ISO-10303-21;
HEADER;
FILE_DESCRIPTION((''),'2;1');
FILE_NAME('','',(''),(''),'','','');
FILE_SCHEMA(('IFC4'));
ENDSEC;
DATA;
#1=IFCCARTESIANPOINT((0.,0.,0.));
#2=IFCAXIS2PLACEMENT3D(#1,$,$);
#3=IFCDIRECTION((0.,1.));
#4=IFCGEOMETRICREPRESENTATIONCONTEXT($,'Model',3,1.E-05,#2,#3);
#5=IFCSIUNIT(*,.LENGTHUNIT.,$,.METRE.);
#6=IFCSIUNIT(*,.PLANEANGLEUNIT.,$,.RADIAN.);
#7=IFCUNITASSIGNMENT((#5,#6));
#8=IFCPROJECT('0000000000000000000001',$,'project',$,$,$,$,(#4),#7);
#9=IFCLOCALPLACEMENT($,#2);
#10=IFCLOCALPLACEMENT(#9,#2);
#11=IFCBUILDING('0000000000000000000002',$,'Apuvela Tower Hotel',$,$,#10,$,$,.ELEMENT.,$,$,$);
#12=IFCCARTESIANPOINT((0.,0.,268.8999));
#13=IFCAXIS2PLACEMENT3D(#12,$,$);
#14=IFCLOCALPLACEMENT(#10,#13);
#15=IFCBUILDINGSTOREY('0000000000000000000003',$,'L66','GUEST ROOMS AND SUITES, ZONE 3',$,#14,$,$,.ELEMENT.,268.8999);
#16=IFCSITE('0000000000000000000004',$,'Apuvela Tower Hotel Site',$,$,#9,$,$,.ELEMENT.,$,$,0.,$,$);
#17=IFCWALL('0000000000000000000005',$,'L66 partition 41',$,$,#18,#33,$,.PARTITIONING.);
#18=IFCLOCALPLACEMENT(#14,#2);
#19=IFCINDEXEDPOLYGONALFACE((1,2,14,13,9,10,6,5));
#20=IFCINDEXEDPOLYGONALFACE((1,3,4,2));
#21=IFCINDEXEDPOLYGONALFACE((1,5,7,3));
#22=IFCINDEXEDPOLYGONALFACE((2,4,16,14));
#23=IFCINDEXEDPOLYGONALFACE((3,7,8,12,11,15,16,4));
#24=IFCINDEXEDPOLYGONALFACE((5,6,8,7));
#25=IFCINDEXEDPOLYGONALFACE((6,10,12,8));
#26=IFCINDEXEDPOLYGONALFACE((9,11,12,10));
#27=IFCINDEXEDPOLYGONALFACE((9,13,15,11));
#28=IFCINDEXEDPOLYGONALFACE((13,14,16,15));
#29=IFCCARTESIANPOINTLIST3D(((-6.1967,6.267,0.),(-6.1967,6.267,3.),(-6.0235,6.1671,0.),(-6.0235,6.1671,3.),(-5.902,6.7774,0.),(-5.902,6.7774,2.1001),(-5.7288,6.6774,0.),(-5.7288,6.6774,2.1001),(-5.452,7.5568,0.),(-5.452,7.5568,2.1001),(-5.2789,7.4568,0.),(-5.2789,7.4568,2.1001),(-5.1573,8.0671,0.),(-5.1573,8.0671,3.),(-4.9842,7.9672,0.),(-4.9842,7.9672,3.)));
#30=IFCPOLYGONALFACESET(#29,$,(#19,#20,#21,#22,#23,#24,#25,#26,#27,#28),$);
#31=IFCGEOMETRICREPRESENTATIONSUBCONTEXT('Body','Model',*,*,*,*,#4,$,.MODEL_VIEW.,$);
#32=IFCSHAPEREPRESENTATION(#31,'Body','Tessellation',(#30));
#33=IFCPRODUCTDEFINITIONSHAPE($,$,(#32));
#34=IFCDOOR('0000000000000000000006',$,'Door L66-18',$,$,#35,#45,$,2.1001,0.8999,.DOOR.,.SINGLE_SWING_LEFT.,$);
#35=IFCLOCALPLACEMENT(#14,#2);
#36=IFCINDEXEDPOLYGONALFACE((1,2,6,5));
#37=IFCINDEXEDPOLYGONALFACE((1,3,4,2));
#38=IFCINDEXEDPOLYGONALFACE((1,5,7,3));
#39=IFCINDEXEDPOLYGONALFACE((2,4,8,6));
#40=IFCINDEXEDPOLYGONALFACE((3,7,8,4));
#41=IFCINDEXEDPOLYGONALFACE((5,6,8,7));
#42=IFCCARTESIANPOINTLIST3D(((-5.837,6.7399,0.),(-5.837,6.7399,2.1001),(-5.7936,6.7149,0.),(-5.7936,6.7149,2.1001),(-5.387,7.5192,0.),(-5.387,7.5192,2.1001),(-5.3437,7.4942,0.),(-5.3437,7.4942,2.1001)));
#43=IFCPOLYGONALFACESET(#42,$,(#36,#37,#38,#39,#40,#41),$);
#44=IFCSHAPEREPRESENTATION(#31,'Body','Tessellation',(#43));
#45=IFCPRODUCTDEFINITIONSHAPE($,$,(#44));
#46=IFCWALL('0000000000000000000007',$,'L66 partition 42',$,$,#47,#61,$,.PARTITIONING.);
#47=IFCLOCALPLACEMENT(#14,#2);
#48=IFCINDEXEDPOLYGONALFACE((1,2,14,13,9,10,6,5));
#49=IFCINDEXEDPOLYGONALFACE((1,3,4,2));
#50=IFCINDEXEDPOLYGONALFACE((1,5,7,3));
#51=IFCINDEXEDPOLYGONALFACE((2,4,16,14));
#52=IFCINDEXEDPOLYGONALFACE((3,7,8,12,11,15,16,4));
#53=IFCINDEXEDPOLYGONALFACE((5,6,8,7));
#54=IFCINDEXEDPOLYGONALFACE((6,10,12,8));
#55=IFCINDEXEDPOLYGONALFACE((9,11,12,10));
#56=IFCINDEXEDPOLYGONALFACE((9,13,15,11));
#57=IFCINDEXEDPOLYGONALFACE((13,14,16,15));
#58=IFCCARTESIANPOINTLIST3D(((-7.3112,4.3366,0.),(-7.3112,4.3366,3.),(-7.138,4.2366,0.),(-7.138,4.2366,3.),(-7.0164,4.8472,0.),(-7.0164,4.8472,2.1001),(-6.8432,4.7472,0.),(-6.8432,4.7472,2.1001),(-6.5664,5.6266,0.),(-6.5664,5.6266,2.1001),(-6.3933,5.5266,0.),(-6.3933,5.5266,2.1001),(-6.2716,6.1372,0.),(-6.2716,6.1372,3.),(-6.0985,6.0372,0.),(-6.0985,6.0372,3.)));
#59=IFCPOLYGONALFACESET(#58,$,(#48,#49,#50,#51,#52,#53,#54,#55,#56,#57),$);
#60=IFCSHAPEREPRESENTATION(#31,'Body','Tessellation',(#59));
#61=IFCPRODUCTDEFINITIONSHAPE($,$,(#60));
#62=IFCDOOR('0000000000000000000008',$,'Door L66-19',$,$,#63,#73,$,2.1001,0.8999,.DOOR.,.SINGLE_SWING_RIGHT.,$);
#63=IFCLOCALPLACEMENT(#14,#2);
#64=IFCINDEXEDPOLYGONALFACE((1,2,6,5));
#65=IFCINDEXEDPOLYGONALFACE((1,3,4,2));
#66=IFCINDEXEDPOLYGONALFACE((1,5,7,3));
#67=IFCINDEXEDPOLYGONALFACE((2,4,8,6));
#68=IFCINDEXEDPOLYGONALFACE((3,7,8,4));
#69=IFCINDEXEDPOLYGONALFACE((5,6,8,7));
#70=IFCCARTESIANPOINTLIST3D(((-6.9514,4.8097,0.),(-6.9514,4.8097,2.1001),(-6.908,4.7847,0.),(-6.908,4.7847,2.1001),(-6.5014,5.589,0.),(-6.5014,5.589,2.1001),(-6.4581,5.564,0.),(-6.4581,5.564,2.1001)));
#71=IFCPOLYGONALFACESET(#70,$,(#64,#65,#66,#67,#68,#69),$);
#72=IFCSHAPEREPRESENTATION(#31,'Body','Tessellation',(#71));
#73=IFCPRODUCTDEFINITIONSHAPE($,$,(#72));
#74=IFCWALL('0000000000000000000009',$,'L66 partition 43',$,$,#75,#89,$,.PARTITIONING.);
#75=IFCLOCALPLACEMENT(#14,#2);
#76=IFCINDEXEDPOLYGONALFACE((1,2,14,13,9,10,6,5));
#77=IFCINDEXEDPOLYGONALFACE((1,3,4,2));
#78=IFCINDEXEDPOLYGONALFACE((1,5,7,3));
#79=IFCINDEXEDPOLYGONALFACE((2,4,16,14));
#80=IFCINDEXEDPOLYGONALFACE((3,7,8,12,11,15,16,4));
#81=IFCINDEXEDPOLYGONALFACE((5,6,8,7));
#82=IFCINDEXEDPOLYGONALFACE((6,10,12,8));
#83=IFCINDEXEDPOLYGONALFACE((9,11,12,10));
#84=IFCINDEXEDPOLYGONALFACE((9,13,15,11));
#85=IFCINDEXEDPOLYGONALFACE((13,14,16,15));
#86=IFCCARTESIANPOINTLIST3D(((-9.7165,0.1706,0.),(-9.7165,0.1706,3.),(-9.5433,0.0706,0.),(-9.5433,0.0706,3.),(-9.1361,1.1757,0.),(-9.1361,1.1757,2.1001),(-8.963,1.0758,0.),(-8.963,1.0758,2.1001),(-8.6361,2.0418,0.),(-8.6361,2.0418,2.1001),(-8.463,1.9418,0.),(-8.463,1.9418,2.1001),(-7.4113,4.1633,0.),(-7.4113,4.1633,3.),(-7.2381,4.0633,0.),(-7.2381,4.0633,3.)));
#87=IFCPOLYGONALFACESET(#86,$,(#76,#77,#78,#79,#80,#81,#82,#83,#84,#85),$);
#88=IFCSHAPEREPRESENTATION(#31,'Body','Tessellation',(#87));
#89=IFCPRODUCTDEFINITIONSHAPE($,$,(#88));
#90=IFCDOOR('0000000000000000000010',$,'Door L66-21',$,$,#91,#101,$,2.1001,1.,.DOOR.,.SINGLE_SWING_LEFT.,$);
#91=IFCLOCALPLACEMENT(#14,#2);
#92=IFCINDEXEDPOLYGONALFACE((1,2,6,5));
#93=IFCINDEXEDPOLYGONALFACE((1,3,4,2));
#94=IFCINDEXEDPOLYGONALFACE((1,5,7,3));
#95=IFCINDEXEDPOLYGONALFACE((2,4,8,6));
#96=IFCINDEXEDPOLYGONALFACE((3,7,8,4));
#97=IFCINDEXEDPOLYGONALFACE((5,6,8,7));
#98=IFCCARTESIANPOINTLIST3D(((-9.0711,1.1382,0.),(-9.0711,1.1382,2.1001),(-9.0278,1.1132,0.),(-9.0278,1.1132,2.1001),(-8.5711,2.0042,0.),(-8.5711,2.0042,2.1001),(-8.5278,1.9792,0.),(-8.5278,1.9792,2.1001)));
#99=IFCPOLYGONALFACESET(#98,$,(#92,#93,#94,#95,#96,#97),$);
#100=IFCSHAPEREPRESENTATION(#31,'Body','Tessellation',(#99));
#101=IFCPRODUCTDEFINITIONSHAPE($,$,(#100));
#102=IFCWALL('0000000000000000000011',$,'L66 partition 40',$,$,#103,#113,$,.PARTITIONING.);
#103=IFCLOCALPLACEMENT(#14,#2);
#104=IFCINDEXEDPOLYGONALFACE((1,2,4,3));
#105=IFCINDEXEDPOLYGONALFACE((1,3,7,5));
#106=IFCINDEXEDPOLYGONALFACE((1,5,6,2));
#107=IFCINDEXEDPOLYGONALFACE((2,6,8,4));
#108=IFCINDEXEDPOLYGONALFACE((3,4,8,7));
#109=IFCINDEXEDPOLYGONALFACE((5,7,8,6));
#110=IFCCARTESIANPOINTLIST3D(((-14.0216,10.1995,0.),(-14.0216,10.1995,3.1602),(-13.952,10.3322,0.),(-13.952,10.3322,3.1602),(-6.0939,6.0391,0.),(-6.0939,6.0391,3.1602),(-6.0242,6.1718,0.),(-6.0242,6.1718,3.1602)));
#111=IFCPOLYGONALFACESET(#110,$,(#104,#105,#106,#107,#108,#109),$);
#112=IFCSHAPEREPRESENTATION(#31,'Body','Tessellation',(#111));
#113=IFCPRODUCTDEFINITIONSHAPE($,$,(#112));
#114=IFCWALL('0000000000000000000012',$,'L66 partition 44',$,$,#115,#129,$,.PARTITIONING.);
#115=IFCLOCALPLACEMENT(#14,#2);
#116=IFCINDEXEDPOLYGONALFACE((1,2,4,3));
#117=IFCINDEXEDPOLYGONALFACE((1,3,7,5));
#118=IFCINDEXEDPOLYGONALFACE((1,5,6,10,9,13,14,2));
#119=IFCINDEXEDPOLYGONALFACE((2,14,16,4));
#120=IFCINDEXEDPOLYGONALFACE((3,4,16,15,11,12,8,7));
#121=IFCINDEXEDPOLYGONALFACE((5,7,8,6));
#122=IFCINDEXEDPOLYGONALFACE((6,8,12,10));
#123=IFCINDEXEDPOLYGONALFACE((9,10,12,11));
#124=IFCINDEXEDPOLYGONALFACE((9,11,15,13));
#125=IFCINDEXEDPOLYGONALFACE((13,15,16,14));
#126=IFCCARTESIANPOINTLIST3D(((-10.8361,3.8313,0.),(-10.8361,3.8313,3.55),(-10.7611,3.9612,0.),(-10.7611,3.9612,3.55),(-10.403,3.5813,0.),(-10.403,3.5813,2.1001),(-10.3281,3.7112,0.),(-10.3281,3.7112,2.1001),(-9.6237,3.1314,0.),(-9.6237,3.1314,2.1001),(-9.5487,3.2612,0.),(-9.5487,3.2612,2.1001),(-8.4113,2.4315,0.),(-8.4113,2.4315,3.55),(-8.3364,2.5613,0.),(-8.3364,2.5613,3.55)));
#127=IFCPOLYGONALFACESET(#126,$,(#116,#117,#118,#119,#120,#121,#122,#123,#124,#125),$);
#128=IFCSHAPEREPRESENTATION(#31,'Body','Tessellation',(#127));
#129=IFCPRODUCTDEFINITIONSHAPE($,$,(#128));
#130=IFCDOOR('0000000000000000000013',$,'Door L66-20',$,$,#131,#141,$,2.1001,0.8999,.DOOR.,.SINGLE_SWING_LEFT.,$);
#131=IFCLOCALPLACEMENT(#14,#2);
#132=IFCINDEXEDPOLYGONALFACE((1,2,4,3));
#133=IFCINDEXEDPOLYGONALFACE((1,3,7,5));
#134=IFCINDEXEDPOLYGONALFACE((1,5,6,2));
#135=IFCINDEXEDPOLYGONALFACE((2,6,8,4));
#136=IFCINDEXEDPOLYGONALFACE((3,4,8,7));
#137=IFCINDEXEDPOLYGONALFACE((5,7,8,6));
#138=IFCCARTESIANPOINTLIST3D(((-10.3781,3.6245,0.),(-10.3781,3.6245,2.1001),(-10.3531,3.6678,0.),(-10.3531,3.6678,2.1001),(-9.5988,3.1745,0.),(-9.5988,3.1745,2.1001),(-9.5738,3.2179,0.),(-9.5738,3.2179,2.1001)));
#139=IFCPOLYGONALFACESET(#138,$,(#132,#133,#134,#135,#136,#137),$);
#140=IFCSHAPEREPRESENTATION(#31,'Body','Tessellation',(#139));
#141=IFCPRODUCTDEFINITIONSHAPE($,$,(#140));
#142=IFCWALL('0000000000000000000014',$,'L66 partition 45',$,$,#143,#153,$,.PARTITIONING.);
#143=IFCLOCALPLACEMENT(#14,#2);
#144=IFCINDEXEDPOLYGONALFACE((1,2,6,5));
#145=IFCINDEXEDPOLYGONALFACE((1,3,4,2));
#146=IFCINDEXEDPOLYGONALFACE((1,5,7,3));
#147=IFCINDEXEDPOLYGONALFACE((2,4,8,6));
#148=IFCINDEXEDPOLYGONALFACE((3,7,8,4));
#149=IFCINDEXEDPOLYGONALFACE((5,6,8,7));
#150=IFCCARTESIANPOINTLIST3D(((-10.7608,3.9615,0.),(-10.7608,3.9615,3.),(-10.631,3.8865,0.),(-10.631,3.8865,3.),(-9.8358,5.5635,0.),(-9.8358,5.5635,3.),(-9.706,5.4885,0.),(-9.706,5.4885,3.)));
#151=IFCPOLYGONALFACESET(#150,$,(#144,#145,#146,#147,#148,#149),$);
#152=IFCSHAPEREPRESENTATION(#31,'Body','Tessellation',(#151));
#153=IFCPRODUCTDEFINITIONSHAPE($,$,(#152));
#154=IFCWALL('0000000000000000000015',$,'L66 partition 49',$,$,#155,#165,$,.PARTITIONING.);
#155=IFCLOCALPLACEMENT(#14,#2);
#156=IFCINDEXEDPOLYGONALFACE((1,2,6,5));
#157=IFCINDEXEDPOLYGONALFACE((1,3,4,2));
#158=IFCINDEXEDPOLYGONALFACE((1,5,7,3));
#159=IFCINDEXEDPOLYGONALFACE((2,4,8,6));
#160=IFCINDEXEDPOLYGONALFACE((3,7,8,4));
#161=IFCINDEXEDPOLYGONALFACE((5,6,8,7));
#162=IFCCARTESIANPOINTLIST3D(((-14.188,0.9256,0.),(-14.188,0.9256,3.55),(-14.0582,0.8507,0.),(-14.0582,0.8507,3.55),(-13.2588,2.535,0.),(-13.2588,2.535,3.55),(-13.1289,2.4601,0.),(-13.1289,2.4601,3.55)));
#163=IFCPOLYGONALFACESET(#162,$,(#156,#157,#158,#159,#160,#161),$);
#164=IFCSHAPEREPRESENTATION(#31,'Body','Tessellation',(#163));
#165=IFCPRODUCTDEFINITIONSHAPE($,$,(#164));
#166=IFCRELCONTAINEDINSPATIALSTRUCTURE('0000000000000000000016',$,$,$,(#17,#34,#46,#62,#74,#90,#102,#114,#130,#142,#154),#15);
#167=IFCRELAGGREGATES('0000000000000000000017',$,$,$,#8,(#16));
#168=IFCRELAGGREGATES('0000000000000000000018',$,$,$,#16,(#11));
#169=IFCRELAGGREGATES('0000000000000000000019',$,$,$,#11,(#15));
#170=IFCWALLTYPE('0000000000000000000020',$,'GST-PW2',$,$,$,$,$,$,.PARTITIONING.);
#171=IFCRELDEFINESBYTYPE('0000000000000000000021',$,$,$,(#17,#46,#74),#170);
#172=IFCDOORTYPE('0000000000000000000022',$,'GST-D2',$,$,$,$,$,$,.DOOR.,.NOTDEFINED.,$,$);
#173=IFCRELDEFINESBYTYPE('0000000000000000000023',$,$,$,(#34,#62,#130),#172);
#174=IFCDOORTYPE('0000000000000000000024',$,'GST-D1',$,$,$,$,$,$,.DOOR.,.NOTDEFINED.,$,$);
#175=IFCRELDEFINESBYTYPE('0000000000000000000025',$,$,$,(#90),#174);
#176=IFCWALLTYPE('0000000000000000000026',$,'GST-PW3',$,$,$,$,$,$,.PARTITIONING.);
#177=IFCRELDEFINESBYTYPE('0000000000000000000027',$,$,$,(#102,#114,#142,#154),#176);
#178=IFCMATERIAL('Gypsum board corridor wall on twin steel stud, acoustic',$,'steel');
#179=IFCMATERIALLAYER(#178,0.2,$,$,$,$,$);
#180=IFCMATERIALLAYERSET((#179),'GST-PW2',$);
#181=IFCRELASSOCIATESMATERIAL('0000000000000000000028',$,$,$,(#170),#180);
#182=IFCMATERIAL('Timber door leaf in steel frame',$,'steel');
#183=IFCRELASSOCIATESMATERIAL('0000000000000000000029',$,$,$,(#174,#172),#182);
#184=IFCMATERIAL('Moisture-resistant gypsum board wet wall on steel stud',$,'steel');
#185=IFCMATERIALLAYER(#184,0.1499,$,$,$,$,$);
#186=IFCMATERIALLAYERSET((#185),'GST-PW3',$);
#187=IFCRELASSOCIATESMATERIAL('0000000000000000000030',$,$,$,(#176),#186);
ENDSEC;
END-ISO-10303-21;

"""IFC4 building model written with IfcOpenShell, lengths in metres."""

from ifc_helpers import new_model, si_unit, direction, frame, frame_2d, origin, place, context, subcontext, project, spatial, rectangle, extrude, material, layer, layer_set, type_object, element, fill, save


model = new_model("IFC4")

# Units and contexts
model_context = context("Model", 3, precision=1e-05, world=origin(), true_north=direction((0.0, 1.0)))
body_context = subcontext(model_context, "Body", "Model", "MODEL_VIEW")
ifc_project = project(units=[si_unit("LENGTHUNIT", "METRE"), si_unit("PLANEANGLEUNIT", "RADIAN")], contexts=[model_context])

# Site, building, storey
site_placement = place(None, origin())
site = spatial("IfcSite", under=ifc_project, at=site_placement, Name="Apuvela Tower Hotel Site", CompositionType="ELEMENT", RefElevation=0.0)
building_placement = place(site_placement, origin())
building = spatial("IfcBuilding", under=site, at=building_placement, Name="Apuvela Tower Hotel", CompositionType="ELEMENT")
storey_placement = place(building_placement, frame((0.0, 0.0, 268.8999)))
storey = spatial("IfcBuildingStorey", under=building, at=storey_placement, Name="L66", Description="GUEST ROOMS AND SUITES, ZONE 3", CompositionType="ELEMENT", Elevation=268.8999)

# Walls, openings, doors
ifc_material_1 = material(Name="Gypsum board corridor wall on twin steel stud, acoustic", Category="steel")
ifc_layer_1 = layer(ifc_material_1, 0.2)
ifc_layer_set_1 = layer_set([ifc_layer_1], Name="GST-PW2")
wall_type_1 = type_object("IfcWallType", Name="GST-PW2", PredefinedType="PARTITIONING", material=ifc_layer_set_1)
ifc_material_2 = material(Name="Timber door leaf in steel frame", Category="steel")
door_type_1 = type_object("IfcDoorType", Name="GST-D1", OperationType="NOTDEFINED", PredefinedType="DOOR", material=ifc_material_2)
wall_1_placement = place(storey_placement, frame((-6.1101, 6.217, 0.0), z_axis=(0.0, 0.0, 1.0), x_axis=(0.500017, 0.866015, 0.0)))
wall_1 = element("IfcWall", 1, at=wall_1_placement, inside=storey, type_object=wall_type_1, Name="L66 partition 41", PredefinedType="PARTITIONING", context=body_context, shape_type="SweptSolid", body=[
    extrude(rectangle(XDim=2.0786, YDim=0.2, at=frame_2d((1.0393, 0.0))), origin(), (0.0, 0.0, 1.0), 3.0),
])
opening_1_placement = place(wall_1_placement, frame((0.5894, 0.0, 0.0)))
opening_1 = element("IfcOpeningElement", 2, at=opening_1_placement, cuts=wall_1, PredefinedType="OPENING", context=body_context, shape_type="SweptSolid", body=[
    extrude(rectangle(XDim=0.8999, YDim=2.1001, at=frame_2d((0.45, 1.05))), frame((0.0, 0.1099, 0.0), z_axis=(0.0, -1.0, 0.0), x_axis=(1.0, 0.0, 0.0)), (0.0, 0.0, 1.0), 0.22),
])
door_type_2 = type_object("IfcDoorType", Name="GST-D2", OperationType="NOTDEFINED", PredefinedType="DOOR", material=ifc_material_2)
door_1_placement = place(opening_1_placement, origin())
door_1 = element("IfcDoor", 3, at=door_1_placement, inside=storey, type_object=door_type_2, Name="Door L66-18", OperationType="SINGLE_SWING_LEFT", OverallHeight=2.1001, OverallWidth=0.8999, PredefinedType="DOOR", context=body_context, shape_type="SweptSolid", body=[
    extrude(rectangle(XDim=0.8999, YDim=2.1001, at=frame_2d((0.45, 1.05))), frame((0.0, 0.0249, 0.0), z_axis=(0.0, -1.0, 0.0), x_axis=(1.0, 0.0, 0.0)), (0.0, 0.0, 1.0), 0.05),
])
fill(opening_1, door_1)
wall_2_placement = place(storey_placement, frame((-7.2246, 4.2866, 0.0), z_axis=(0.0, 0.0, 1.0), x_axis=(0.500004, 0.866023, 0.0)))
wall_2 = element("IfcWall", 4, at=wall_2_placement, inside=storey, type_object=wall_type_1, Name="L66 partition 42", PredefinedType="PARTITIONING", context=body_context, shape_type="SweptSolid", body=[
    extrude(rectangle(XDim=2.0791, YDim=0.2, at=frame_2d((1.0396, 0.0))), origin(), (0.0, 0.0, 1.0), 3.0),
])
opening_2_placement = place(wall_2_placement, frame((0.5896, 0.0, 0.0)))
opening_2 = element("IfcOpeningElement", 5, at=opening_2_placement, cuts=wall_2, PredefinedType="OPENING", context=body_context, shape_type="SweptSolid", body=[
    extrude(rectangle(XDim=0.8999, YDim=2.1001, at=frame_2d((0.45, 1.05))), frame((0.0, 0.1099, 0.0), z_axis=(0.0, -1.0, 0.0), x_axis=(1.0, 0.0, 0.0)), (0.0, 0.0, 1.0), 0.22),
])
door_2_placement = place(opening_2_placement, origin())
door_2 = element("IfcDoor", 6, at=door_2_placement, inside=storey, type_object=door_type_2, Name="Door L66-19", OperationType="SINGLE_SWING_RIGHT", OverallHeight=2.1001, OverallWidth=0.8999, PredefinedType="DOOR", context=body_context, shape_type="SweptSolid", body=[
    extrude(rectangle(XDim=0.8999, YDim=2.1001, at=frame_2d((0.45, 1.05))), frame((0.0, 0.0249, 0.0), z_axis=(0.0, -1.0, 0.0), x_axis=(1.0, 0.0, 0.0)), (0.0, 0.0, 1.0), 0.05),
])
fill(opening_2, door_2)
wall_3_placement = place(storey_placement, frame((-9.6299, 0.1206, 0.0), z_axis=(0.0, 0.0, 1.0), x_axis=(0.500001, 0.866025, 0.0)))
wall_3 = element("IfcWall", 7, at=wall_3_placement, inside=storey, type_object=wall_type_1, Name="L66 partition 43", PredefinedType="PARTITIONING", context=body_context, shape_type="SweptSolid", body=[
    extrude(rectangle(XDim=4.6104, YDim=0.2, at=frame_2d((2.3052, 0.0))), origin(), (0.0, 0.0, 1.0), 3.0),
])
opening_3_placement = place(wall_3_placement, frame((1.1606, 0.0, 0.0)))
opening_3 = element("IfcOpeningElement", 8, at=opening_3_placement, cuts=wall_3, PredefinedType="OPENING", context=body_context, shape_type="SweptSolid", body=[
    extrude(rectangle(XDim=1.0, YDim=2.1001, at=frame_2d((0.5, 1.05))), frame((0.0, 0.1099, 0.0), z_axis=(0.0, -1.0, 0.0), x_axis=(1.0, 0.0, 0.0)), (0.0, 0.0, 1.0), 0.22),
])
door_3_placement = place(opening_3_placement, origin())
door_3 = element("IfcDoor", 9, at=door_3_placement, inside=storey, type_object=door_type_1, Name="Door L66-21", OperationType="SINGLE_SWING_LEFT", OverallHeight=2.1001, OverallWidth=1.0, PredefinedType="DOOR", context=body_context, shape_type="SweptSolid", body=[
    extrude(rectangle(XDim=1.0, YDim=2.1001, at=frame_2d((0.5, 1.05))), frame((0.0, 0.0249, 0.0), z_axis=(0.0, -1.0, 0.0), x_axis=(1.0, 0.0, 0.0)), (0.0, 0.0, 1.0), 0.05),
])
fill(opening_3, door_3)

# Wall
ifc_material_3 = material(Name="Moisture-resistant gypsum board wet wall on steel stud", Category="steel")
ifc_layer_2 = layer(ifc_material_3, 0.1499)
ifc_layer_set_2 = layer_set([ifc_layer_2], Name="GST-PW3")
wall_type_2 = type_object("IfcWallType", Name="GST-PW3", PredefinedType="PARTITIONING", material=ifc_layer_set_2)
wall_4_placement = place(storey_placement, frame((-13.9868, 10.2659, 0.0), z_axis=(0.0, 0.0, 1.0), x_axis=(0.885474, -0.464689, 0.0)))
element("IfcWall", 10, at=wall_4_placement, inside=storey, type_object=wall_type_2, Name="L66 partition 40", PredefinedType="PARTITIONING", context=body_context, shape_type="SweptSolid", body=[
    extrude(rectangle(XDim=8.9531, YDim=0.1499, at=frame_2d((4.4766, 0.0))), origin(), (0.0, 0.0, 1.0), 3.1602),
])

# Wall, opening, door
wall_5_placement = place(storey_placement, frame((-10.7986, 3.8962, 0.0), z_axis=(0.0, 0.0, 1.0), x_axis=(0.866035, -0.499984, 0.0)))
wall_5 = element("IfcWall", 11, at=wall_5_placement, inside=storey, type_object=wall_type_2, Name="L66 partition 44", PredefinedType="PARTITIONING", context=body_context, shape_type="SweptSolid", body=[
    extrude(rectangle(XDim=2.7998, YDim=0.1499, at=frame_2d((1.3999, 0.0))), origin(), (0.0, 0.0, 1.0), 3.55),
])
opening_4_placement = place(wall_5_placement, frame((0.5, 0.0, 0.0)))
opening_4 = element("IfcOpeningElement", 12, at=opening_4_placement, cuts=wall_5, PredefinedType="OPENING", context=body_context, shape_type="SweptSolid", body=[
    extrude(rectangle(XDim=0.8999, YDim=2.1001, at=frame_2d((0.45, 1.05))), frame((0.0, 0.085, 0.0), z_axis=(0.0, -1.0, 0.0), x_axis=(1.0, 0.0, 0.0)), (0.0, 0.0, 1.0), 0.1699),
])
door_4_placement = place(opening_4_placement, origin())
door_4 = element("IfcDoor", 13, at=door_4_placement, inside=storey, type_object=door_type_2, Name="Door L66-20", OperationType="SINGLE_SWING_LEFT", OverallHeight=2.1001, OverallWidth=0.8999, PredefinedType="DOOR", context=body_context, shape_type="SweptSolid", body=[
    extrude(rectangle(XDim=0.8999, YDim=2.1001, at=frame_2d((0.45, 1.05))), frame((0.0, 0.0249, 0.0), z_axis=(0.0, -1.0, 0.0), x_axis=(1.0, 0.0, 0.0)), (0.0, 0.0, 1.0), 0.05),
])
fill(opening_4, door_4)

# Walls
wall_6_placement = place(storey_placement, frame((-9.771, 5.5259, 0.0), z_axis=(0.0, 0.0, 1.0), x_axis=(-0.500042, -0.866001, 0.0)))
element("IfcWall", 14, at=wall_6_placement, inside=storey, type_object=wall_type_2, Name="L66 partition 45", PredefinedType="PARTITIONING", context=body_context, shape_type="SweptSolid", body=[
    extrude(rectangle(XDim=1.8499, YDim=0.1499, at=frame_2d((0.9248, 0.0))), origin(), (0.0, 0.0, 1.0), 3.0),
])
wall_7_placement = place(storey_placement, frame((-13.1938, 2.4976, 0.0), z_axis=(0.0, 0.0, 1.0), x_axis=(-0.500011, -0.866019, 0.0)))
element("IfcWall", 15, at=wall_7_placement, inside=storey, type_object=wall_type_2, Name="L66 partition 49", PredefinedType="PARTITIONING", context=body_context, shape_type="SweptSolid", body=[
    extrude(rectangle(XDim=1.8584, YDim=0.1499, at=frame_2d((0.9292, 0.0))), origin(), (0.0, 0.0, 1.0), 3.55),
])

save(model, "model.ifc")
